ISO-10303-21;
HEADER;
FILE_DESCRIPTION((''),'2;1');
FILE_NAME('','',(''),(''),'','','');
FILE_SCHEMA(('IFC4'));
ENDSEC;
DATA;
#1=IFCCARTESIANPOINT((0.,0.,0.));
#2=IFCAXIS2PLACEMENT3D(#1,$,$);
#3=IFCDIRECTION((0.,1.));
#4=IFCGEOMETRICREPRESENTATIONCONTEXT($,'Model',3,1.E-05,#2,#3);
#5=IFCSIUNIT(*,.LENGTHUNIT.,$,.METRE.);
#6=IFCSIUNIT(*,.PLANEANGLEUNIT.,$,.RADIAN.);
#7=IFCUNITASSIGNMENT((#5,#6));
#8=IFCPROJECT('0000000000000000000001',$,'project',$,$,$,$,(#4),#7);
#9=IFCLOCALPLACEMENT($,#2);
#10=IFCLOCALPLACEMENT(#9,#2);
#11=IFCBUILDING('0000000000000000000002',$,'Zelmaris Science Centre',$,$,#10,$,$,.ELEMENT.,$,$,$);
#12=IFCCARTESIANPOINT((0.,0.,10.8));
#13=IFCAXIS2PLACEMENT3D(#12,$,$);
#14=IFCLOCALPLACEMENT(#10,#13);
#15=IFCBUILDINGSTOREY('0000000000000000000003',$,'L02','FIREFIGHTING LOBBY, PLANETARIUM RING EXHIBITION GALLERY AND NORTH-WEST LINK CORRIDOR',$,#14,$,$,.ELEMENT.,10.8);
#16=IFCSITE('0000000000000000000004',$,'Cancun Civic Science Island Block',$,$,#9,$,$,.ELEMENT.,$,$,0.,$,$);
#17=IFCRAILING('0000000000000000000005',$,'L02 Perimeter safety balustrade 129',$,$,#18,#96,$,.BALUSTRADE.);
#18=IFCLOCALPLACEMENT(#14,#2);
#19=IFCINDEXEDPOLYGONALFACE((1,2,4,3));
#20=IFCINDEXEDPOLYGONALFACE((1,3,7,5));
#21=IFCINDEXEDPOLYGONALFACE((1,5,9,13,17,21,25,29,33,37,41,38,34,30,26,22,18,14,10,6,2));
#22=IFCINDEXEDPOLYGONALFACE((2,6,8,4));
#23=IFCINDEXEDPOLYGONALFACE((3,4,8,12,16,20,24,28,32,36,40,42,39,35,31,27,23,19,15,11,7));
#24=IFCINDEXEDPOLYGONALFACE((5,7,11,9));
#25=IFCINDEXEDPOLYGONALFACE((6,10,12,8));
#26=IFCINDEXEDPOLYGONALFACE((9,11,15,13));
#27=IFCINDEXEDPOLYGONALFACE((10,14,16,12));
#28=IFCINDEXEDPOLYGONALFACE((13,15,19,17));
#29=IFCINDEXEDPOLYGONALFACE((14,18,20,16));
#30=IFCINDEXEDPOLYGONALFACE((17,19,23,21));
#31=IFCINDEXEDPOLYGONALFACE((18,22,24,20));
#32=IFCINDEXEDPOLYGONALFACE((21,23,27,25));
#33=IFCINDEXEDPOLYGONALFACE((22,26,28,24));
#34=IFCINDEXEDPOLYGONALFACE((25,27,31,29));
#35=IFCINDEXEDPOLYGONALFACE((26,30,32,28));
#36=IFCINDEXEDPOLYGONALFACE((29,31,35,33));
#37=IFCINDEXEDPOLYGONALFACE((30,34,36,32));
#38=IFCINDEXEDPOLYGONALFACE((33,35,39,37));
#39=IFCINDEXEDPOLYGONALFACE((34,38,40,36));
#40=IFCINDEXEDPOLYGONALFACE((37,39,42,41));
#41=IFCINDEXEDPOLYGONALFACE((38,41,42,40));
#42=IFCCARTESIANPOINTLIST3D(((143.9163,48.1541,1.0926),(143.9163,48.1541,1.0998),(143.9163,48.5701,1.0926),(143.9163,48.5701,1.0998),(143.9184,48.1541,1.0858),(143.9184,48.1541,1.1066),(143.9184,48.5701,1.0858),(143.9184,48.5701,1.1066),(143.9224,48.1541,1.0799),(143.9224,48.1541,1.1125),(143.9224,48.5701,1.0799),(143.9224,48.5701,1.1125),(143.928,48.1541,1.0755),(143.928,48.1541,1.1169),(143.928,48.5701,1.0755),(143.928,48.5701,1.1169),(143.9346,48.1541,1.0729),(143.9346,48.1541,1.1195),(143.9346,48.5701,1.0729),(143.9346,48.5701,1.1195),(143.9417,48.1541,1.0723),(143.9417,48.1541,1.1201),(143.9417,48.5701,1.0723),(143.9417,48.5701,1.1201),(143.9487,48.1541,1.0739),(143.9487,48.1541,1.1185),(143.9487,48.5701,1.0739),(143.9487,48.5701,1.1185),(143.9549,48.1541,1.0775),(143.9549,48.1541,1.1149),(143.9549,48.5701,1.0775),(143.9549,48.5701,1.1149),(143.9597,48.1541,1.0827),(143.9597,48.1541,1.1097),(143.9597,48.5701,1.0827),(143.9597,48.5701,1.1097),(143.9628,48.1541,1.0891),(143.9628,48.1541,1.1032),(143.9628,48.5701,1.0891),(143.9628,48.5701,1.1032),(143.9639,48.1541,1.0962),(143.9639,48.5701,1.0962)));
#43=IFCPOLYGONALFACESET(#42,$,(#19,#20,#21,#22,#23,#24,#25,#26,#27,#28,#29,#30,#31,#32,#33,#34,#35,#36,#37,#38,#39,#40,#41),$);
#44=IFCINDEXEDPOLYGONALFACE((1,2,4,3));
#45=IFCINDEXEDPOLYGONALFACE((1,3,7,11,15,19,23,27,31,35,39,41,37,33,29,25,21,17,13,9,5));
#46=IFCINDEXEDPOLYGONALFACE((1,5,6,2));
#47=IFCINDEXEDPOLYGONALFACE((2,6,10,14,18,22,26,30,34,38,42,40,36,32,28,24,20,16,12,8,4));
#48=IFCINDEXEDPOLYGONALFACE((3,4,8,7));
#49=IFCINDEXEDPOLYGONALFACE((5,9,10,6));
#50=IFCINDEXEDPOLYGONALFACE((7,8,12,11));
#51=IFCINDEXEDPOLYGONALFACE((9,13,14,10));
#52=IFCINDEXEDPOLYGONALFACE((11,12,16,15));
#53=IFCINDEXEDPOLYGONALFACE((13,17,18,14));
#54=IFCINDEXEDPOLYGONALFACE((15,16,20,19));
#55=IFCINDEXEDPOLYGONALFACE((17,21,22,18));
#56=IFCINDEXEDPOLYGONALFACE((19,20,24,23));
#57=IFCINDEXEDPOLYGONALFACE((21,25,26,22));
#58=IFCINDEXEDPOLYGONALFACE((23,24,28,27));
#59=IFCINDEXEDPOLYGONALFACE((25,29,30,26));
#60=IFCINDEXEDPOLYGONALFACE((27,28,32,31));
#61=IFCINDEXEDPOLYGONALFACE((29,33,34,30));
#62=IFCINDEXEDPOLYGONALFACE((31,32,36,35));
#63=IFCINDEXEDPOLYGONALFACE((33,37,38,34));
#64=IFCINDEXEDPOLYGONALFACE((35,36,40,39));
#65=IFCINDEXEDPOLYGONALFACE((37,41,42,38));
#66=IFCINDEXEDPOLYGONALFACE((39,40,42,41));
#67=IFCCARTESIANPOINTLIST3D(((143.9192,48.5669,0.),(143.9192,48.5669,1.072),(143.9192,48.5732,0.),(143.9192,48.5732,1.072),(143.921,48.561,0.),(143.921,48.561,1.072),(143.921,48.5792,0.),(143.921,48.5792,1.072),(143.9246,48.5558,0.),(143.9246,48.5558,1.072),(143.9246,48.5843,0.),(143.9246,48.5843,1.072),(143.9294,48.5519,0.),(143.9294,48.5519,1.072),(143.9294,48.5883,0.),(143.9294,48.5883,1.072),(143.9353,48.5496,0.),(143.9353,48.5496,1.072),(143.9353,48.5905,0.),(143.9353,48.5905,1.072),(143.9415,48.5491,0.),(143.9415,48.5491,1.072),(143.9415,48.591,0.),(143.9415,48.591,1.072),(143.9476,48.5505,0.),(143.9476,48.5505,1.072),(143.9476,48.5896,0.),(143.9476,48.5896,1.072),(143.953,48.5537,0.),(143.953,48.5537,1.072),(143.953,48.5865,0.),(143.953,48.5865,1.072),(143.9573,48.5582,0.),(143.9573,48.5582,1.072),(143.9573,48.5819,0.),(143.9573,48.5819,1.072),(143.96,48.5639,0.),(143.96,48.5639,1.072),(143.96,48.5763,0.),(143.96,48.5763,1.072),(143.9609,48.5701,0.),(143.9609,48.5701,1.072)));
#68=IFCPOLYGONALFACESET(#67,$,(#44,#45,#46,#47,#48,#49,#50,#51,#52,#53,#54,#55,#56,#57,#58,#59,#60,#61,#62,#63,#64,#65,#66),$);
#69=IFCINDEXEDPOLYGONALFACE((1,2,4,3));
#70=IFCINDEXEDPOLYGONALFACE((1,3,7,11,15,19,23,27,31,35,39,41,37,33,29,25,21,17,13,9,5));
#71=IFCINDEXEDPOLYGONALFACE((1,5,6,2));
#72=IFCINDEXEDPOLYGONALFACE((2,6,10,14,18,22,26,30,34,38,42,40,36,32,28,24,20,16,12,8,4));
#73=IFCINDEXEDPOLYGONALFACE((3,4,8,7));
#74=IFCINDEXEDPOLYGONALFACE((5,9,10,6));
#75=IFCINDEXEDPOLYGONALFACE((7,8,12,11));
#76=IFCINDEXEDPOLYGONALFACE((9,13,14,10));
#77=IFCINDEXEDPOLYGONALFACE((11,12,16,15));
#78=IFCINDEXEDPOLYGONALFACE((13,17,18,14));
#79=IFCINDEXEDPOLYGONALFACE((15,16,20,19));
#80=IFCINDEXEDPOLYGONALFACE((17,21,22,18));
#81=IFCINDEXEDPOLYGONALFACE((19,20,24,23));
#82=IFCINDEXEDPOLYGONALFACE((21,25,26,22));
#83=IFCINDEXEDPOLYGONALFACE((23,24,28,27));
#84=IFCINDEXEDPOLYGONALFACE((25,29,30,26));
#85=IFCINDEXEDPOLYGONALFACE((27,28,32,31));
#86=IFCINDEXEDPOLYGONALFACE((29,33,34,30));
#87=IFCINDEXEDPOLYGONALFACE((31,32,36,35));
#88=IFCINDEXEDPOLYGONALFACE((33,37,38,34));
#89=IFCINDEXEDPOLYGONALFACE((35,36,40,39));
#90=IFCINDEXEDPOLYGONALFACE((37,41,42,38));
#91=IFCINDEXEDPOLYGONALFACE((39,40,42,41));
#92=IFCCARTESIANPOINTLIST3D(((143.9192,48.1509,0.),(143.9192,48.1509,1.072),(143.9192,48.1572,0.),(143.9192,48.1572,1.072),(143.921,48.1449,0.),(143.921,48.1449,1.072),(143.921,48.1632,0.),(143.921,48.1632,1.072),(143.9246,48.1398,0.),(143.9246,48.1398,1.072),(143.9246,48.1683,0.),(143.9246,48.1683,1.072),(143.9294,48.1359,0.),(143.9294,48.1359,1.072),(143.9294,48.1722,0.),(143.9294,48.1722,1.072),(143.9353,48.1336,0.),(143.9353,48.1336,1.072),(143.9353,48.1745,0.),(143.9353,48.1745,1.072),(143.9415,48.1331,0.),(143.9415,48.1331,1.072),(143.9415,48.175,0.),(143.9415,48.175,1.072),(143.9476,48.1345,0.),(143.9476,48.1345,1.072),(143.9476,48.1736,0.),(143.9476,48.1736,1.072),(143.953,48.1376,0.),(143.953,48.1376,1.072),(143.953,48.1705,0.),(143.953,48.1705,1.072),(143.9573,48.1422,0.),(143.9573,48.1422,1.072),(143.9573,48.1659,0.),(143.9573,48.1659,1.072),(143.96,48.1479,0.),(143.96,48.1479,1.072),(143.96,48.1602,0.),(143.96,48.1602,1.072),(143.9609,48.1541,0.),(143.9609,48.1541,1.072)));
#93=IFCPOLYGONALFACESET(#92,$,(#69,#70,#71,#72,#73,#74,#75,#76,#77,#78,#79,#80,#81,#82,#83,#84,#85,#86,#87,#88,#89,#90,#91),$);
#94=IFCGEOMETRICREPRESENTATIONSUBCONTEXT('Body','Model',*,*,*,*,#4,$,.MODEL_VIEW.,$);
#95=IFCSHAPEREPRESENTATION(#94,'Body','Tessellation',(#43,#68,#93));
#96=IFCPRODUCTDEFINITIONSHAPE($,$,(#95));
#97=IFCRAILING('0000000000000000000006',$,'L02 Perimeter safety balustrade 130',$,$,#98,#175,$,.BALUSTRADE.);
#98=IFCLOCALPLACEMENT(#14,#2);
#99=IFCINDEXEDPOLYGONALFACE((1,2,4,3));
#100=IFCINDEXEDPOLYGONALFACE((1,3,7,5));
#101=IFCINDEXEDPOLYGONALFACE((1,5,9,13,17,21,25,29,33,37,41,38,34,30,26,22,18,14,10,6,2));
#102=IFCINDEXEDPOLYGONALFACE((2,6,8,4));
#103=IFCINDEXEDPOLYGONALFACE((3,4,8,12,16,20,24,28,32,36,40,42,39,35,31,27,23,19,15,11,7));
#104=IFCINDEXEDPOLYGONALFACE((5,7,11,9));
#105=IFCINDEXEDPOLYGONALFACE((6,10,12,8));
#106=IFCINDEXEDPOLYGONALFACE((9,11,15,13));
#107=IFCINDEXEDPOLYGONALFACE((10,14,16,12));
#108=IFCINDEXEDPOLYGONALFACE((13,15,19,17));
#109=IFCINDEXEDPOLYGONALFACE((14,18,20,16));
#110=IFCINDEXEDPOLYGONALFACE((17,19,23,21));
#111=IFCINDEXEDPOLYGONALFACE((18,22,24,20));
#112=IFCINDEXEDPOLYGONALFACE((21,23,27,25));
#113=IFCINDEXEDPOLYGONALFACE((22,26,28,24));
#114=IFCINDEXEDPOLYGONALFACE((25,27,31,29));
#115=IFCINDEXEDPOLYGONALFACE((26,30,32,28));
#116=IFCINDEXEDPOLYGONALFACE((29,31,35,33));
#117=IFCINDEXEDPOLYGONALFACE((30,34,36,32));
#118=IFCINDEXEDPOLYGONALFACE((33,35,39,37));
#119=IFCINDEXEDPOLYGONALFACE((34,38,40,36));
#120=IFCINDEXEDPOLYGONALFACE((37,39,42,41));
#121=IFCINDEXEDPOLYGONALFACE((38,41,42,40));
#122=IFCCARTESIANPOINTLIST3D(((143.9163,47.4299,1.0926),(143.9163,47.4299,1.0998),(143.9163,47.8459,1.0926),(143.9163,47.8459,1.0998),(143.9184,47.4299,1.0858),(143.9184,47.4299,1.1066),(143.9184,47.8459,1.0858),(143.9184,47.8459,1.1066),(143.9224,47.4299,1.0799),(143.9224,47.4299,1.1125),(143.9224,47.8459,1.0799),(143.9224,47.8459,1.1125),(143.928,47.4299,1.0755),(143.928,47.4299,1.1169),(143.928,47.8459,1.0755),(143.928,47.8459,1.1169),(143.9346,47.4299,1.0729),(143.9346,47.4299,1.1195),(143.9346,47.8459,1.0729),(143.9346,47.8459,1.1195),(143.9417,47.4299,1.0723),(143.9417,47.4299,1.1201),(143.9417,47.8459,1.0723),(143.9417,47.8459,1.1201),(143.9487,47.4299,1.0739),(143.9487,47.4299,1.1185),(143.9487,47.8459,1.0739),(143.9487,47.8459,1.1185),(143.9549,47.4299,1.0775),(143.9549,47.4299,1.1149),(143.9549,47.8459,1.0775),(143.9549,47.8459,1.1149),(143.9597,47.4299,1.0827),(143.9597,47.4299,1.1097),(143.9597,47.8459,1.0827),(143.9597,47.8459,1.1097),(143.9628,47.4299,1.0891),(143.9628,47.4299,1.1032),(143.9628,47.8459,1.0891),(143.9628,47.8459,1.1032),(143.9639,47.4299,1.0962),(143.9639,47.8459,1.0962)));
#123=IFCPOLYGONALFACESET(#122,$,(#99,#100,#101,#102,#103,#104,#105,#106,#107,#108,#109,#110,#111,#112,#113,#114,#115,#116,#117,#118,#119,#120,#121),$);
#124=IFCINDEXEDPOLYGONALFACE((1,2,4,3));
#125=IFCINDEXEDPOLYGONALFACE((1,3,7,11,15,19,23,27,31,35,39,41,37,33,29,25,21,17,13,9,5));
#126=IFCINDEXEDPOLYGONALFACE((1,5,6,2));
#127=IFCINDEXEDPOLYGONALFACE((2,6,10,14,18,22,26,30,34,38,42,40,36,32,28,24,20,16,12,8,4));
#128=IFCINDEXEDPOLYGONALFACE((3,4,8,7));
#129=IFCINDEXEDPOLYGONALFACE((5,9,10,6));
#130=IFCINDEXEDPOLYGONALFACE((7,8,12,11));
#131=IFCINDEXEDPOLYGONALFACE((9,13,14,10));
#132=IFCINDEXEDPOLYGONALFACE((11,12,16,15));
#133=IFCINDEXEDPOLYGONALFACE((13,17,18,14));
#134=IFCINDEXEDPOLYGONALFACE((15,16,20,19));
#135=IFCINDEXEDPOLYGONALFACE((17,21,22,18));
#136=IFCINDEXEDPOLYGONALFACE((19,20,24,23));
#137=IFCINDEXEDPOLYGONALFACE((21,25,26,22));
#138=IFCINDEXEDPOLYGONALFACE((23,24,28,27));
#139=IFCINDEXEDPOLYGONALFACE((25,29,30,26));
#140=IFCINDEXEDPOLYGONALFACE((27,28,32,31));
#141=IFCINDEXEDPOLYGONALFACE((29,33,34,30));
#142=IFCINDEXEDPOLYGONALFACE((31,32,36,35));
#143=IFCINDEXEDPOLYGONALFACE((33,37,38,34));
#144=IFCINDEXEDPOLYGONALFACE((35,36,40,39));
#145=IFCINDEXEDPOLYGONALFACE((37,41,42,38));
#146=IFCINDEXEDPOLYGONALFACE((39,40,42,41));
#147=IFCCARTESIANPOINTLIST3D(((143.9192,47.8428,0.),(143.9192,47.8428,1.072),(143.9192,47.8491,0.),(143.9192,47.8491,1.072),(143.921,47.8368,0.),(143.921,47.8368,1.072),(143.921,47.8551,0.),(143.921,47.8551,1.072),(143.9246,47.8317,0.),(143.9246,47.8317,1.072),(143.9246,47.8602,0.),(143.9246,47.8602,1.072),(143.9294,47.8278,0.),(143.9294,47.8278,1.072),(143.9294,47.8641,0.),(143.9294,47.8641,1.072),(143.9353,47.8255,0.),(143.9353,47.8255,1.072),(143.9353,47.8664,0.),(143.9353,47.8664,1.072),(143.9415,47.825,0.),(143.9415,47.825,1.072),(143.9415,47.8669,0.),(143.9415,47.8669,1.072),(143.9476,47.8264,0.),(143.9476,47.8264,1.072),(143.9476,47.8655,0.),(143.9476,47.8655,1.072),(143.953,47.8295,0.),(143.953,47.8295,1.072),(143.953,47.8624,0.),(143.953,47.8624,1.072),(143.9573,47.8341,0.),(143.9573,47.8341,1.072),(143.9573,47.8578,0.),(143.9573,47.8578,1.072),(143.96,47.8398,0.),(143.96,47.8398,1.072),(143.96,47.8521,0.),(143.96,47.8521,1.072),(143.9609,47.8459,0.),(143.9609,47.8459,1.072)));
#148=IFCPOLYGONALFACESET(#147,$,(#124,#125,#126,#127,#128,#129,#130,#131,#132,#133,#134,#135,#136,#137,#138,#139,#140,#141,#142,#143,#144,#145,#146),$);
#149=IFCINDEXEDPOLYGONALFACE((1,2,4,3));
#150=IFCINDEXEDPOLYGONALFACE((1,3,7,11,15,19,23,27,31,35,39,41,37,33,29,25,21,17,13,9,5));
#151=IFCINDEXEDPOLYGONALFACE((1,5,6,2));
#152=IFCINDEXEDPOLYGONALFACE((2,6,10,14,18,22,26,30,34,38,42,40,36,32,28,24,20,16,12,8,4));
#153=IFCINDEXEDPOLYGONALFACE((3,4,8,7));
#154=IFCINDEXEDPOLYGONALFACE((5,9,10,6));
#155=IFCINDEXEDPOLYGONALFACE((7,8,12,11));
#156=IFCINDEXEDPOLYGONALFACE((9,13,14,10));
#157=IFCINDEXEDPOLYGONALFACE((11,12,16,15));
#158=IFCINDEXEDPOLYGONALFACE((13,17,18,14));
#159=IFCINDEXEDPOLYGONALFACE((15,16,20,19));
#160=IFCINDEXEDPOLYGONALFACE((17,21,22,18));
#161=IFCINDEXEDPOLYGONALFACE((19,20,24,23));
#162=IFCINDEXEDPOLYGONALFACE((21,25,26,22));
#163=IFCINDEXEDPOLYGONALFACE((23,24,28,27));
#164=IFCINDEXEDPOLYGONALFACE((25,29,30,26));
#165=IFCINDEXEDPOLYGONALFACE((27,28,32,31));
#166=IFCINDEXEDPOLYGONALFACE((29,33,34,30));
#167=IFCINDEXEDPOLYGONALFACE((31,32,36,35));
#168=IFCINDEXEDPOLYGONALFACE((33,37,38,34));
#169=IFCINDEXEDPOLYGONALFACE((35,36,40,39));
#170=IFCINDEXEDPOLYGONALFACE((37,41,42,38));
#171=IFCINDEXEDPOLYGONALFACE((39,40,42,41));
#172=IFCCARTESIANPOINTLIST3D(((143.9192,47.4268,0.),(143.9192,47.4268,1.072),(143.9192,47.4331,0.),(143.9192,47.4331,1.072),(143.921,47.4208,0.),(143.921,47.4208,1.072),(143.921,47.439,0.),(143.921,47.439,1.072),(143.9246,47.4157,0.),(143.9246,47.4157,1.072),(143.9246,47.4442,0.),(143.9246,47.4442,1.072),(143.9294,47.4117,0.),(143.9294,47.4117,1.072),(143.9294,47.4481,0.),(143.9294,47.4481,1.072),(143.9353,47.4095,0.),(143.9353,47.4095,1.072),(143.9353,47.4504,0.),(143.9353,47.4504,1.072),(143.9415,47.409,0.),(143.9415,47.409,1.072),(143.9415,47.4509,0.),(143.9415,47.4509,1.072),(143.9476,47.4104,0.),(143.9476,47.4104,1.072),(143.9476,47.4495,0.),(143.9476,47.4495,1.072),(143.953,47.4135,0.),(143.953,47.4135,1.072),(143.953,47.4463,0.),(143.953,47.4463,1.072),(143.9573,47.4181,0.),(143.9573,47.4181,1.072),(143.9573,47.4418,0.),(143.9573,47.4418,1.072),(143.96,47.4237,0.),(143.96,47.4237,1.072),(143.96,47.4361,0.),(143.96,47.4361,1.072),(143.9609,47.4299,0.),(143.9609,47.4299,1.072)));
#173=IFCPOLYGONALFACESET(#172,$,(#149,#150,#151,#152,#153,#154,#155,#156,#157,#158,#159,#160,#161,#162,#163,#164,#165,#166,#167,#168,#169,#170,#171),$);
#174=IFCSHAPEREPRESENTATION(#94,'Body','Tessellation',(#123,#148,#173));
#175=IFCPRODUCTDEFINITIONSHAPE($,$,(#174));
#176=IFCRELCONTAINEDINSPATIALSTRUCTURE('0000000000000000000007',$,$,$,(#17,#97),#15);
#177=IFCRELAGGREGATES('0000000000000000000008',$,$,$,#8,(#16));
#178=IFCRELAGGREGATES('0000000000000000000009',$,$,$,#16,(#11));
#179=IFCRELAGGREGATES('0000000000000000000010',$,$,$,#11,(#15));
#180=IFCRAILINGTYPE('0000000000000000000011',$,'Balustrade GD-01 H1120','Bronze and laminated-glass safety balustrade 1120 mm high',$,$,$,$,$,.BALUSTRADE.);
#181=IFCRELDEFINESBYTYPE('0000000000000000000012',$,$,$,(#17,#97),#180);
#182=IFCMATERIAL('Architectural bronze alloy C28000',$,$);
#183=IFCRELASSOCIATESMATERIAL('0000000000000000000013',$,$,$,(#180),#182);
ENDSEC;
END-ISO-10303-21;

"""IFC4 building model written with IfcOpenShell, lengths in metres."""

from ifc_helpers import new_model, si_unit, direction, frame, origin, origin_2d, place, context, subcontext, project, spatial, circle, extrude, material, type_object, element, save


model = new_model("IFC4")

# Units and contexts
model_context = context("Model", 3, precision=1e-05, world=origin(), true_north=direction((0.0, 1.0)))
body_context = subcontext(model_context, "Body", "Model", "MODEL_VIEW")
ifc_project = project(units=[si_unit("LENGTHUNIT", "METRE"), si_unit("PLANEANGLEUNIT", "RADIAN")], contexts=[model_context])

# Site, building, storey
site_placement = place(None, origin())
site = spatial("IfcSite", under=ifc_project, at=site_placement, Name="Cancun Civic Science Island Block", CompositionType="ELEMENT", RefElevation=0.0)
building_placement = place(site_placement, origin())
building = spatial("IfcBuilding", under=site, at=building_placement, Name="Zelmaris Science Centre", CompositionType="ELEMENT")
storey_placement = place(building_placement, frame((0.0, 0.0, 10.8)))
storey = spatial("IfcBuildingStorey", under=building, at=storey_placement, Name="L02", Description="FIREFIGHTING LOBBY, PLANETARIUM RING EXHIBITION GALLERY AND NORTH-WEST LINK CORRIDOR", CompositionType="ELEMENT", Elevation=10.8)

# Railings
ifc_material_1 = material(Name="Architectural bronze alloy C28000")
railing_type = type_object("IfcRailingType", Name="Balustrade GD-01 H1120", Description="Bronze and laminated-glass safety balustrade 1120 mm high", PredefinedType="BALUSTRADE", material=ifc_material_1)
for number, where, name in (
    (1, (143.9399, 48.5701, 0.0), "L02 Perimeter safety balustrade 129"),
    (2, (143.9399, 47.8459, 0.0), "L02 Perimeter safety balustrade 130"),
):
    element("IfcRailing", number, at=place(storey_placement, frame(where)), inside=storey, type_object=railing_type, Name=name, PredefinedType="BALUSTRADE", context=body_context, shape_type="SweptSolid", body=[
        extrude(circle(Radius=0.0239, at=origin_2d()), frame((0.0, 0.0, 1.0962), z_axis=(0.0, -1.0, 0.0), x_axis=(1.0, 0.0, 0.0)), (0.0, 0.0, 1.0), 0.416),
        extrude(circle(Radius=0.021, at=origin_2d()), origin(), (0.0, 0.0, 1.0), 1.072),
        extrude(circle(Radius=0.021, at=origin_2d()), frame((0.0, -0.416, 0.0)), (0.0, 0.0, 1.0), 1.072),
    ])

save(model, "model.ifc")
